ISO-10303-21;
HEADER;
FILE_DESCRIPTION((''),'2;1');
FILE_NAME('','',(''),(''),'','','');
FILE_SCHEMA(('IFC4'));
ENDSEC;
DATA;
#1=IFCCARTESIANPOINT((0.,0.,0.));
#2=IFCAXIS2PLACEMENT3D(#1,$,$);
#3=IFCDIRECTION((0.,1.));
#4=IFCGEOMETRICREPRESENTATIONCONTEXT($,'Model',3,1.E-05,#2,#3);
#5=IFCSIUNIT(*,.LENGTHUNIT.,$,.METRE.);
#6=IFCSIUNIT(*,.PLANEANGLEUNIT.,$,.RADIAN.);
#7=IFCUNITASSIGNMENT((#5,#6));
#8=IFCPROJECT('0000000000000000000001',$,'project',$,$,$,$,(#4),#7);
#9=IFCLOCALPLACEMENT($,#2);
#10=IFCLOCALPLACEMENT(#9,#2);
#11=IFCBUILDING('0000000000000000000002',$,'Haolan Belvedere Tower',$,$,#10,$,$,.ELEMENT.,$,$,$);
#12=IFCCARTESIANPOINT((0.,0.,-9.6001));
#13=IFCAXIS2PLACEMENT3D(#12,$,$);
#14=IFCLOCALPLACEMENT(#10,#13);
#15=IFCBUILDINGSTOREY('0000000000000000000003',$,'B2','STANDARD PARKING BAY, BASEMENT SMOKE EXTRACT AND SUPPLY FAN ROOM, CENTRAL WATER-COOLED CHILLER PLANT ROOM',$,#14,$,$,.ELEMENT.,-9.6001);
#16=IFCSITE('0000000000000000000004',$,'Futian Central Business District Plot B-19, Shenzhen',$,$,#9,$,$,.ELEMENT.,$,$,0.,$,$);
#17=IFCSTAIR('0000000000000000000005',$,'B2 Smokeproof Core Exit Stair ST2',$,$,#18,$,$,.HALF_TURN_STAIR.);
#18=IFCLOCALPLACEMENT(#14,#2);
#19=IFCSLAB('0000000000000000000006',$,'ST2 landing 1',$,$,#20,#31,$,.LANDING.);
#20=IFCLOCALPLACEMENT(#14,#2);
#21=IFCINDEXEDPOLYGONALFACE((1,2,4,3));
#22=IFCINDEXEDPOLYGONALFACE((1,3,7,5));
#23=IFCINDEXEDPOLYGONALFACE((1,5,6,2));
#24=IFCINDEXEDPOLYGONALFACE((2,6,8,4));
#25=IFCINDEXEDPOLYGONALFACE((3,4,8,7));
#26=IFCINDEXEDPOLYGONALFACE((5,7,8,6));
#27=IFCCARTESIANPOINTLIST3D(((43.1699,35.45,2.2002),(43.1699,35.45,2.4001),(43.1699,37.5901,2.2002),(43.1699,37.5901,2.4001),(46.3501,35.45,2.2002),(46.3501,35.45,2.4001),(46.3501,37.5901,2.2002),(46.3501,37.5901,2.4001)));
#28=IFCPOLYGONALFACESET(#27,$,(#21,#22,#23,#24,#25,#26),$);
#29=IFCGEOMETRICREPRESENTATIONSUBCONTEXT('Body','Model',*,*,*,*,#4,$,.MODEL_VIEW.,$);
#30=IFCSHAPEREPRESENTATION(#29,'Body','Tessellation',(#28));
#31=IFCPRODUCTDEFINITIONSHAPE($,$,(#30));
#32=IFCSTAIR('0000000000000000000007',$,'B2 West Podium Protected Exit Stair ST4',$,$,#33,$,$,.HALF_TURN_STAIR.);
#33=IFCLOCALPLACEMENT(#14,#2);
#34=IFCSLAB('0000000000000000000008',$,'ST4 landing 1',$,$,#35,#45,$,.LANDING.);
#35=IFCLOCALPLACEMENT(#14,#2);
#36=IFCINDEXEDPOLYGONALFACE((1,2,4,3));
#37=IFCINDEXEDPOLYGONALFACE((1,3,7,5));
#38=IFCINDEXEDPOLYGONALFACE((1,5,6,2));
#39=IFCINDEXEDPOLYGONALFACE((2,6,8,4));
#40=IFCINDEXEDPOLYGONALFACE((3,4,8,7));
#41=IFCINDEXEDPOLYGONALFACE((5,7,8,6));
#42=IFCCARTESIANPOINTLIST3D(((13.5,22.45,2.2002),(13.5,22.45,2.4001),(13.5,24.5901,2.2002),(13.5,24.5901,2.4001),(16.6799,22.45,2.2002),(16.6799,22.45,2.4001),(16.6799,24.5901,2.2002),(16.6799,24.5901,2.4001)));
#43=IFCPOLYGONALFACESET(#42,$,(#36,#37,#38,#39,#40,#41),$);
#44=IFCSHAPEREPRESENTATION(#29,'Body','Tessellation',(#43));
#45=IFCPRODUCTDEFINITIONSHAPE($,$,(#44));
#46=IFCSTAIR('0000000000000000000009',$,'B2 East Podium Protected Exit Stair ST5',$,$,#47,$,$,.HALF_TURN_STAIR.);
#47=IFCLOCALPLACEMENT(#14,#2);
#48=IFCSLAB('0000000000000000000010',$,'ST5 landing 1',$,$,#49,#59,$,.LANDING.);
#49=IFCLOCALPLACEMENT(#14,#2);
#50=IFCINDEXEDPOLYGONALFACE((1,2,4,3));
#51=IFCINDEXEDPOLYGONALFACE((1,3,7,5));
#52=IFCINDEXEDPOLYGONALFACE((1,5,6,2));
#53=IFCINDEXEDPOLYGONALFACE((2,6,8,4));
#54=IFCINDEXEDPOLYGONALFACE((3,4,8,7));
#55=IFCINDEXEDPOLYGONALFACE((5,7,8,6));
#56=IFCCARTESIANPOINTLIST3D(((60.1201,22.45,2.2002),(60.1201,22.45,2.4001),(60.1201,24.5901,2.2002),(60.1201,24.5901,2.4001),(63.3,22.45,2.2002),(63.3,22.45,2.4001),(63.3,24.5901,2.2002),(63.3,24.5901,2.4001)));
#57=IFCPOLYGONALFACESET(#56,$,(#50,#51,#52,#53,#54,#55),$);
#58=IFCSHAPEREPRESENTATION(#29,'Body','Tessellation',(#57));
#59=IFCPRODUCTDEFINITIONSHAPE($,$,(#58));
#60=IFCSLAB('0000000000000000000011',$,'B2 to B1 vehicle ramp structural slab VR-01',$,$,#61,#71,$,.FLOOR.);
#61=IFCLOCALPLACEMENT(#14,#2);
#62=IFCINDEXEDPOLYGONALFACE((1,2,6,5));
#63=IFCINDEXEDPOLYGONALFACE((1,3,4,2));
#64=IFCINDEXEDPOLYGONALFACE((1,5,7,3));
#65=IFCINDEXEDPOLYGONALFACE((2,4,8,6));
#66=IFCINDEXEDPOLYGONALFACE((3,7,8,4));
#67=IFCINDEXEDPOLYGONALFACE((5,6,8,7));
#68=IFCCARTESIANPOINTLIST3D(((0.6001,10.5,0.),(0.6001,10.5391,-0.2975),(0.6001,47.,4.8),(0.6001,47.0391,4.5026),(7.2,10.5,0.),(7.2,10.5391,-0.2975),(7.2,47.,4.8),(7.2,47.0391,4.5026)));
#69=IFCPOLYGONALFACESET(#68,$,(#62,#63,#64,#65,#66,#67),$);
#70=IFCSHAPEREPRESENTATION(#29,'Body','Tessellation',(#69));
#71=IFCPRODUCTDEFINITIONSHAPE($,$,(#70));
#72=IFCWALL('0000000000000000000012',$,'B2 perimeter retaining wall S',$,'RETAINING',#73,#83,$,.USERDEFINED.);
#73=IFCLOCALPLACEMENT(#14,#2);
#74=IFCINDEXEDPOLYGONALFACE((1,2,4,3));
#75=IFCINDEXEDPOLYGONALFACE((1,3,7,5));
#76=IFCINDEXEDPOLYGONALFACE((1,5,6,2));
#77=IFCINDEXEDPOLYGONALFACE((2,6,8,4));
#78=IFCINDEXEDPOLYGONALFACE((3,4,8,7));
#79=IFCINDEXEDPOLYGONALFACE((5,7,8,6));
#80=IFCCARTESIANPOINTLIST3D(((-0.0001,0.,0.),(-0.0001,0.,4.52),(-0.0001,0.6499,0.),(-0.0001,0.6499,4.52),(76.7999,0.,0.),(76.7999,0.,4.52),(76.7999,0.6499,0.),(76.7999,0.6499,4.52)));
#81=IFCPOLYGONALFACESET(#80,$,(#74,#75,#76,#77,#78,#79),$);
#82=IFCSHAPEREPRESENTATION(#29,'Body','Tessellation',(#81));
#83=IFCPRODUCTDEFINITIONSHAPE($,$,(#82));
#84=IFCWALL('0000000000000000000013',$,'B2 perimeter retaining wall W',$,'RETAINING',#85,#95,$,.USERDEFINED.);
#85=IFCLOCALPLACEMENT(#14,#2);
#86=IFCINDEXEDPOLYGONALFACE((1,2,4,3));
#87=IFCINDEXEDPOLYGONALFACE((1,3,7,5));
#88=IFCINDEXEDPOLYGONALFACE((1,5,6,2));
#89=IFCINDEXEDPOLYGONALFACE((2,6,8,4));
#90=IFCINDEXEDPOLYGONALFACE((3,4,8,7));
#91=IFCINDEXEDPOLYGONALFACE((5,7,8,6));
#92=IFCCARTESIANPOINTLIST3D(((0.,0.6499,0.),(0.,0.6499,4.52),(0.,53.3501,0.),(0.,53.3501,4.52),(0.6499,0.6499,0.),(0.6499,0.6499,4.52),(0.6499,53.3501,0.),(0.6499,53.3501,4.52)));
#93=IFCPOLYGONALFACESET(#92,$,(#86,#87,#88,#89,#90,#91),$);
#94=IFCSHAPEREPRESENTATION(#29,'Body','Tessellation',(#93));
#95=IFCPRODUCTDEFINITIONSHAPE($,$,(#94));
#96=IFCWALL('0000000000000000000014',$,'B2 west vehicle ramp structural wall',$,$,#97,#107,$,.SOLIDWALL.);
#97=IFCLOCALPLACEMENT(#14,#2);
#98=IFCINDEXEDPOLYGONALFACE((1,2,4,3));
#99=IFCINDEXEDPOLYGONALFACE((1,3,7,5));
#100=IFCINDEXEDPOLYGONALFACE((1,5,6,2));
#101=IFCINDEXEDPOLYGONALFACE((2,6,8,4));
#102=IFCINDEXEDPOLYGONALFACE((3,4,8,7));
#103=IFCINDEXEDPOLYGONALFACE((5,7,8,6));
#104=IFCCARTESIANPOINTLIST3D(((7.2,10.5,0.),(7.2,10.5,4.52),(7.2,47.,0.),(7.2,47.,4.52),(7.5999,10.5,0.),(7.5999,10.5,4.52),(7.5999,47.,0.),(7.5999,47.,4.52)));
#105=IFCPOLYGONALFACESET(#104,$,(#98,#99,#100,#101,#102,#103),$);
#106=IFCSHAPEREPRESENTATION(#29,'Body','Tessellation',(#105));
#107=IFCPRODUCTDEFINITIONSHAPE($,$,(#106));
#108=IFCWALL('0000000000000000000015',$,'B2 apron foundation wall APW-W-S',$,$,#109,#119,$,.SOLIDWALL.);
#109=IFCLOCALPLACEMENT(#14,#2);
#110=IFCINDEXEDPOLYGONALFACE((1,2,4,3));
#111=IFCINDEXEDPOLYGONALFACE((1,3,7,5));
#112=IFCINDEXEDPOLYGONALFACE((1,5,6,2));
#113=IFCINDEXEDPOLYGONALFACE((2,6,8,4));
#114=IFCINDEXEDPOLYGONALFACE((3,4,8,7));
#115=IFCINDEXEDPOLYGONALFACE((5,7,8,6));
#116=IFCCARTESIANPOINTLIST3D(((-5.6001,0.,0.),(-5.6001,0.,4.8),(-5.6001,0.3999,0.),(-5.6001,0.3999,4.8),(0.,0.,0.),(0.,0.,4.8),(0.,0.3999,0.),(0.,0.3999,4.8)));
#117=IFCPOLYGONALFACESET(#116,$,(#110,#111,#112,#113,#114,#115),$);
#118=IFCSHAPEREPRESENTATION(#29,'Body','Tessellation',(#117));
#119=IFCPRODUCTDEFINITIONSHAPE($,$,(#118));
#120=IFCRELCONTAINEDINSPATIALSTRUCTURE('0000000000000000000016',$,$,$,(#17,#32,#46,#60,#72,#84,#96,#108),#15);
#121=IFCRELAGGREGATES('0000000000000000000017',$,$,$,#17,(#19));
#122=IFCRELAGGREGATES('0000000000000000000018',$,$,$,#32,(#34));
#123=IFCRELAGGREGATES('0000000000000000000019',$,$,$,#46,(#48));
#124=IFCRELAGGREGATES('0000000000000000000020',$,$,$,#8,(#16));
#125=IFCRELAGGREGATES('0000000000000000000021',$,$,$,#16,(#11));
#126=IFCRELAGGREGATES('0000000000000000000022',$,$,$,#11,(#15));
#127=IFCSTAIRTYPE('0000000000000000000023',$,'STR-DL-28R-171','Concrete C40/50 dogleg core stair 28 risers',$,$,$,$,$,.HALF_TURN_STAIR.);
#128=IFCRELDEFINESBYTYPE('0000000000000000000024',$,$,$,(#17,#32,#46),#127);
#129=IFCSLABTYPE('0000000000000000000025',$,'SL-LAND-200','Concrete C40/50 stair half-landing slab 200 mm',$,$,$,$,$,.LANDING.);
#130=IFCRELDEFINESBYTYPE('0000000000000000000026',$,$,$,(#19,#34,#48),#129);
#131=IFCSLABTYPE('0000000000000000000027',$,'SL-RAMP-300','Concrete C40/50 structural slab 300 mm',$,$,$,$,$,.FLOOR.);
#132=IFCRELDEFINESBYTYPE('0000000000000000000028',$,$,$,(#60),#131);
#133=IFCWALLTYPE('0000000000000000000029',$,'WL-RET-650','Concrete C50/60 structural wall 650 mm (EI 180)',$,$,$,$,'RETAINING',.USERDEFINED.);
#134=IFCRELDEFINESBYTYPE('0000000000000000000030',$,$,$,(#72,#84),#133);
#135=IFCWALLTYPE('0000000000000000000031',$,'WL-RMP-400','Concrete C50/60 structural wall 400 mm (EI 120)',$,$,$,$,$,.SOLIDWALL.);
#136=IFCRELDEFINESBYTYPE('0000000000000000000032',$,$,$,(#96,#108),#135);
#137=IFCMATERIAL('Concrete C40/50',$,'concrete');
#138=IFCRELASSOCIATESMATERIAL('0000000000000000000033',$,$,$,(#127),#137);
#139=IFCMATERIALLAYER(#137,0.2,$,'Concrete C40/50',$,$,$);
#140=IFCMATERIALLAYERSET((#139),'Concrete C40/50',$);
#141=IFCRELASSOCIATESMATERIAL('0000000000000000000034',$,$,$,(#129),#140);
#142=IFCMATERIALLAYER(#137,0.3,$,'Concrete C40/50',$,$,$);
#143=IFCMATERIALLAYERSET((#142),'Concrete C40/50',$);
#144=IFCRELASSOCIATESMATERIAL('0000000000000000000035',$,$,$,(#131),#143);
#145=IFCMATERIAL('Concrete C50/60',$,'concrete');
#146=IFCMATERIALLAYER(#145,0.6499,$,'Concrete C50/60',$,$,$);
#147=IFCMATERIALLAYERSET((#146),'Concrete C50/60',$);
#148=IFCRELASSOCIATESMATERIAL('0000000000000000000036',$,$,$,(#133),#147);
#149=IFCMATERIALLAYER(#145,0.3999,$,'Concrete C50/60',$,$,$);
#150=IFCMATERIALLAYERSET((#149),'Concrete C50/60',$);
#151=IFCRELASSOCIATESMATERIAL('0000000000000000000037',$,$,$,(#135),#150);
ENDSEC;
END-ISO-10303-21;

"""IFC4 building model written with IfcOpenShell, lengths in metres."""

from ifc_helpers import new_model, si_unit, direction, frame, frame_2d, origin, place, context, subcontext, project, spatial, polyline, rectangle, outline, extrude, material, layer, layer_set, type_object, element, aggregate, save


model = new_model("IFC4")

# Units and contexts
model_context = context("Model", 3, precision=1e-05, world=origin(), true_north=direction((0.0, 1.0)))
body_context = subcontext(model_context, "Body", "Model", "MODEL_VIEW")
ifc_project = project(units=[si_unit("LENGTHUNIT", "METRE"), si_unit("PLANEANGLEUNIT", "RADIAN")], contexts=[model_context])

# Site, building, storey
site_placement = place(None, origin())
site = spatial("IfcSite", under=ifc_project, at=site_placement, Name="Futian Central Business District Plot B-19, Shenzhen", CompositionType="ELEMENT", RefElevation=0.0)
building_placement = place(site_placement, origin())
building = spatial("IfcBuilding", under=site, at=building_placement, Name="Haolan Belvedere Tower", CompositionType="ELEMENT")
storey_placement = place(building_placement, frame((0.0, 0.0, -9.6001)))
storey = spatial("IfcBuildingStorey", under=building, at=storey_placement, Name="B2", Description="STANDARD PARKING BAY, BASEMENT SMOKE EXTRACT AND SUPPLY FAN ROOM, CENTRAL WATER-COOLED CHILLER PLANT ROOM", CompositionType="ELEMENT", Elevation=-9.6001)

# Shared definitions
ifc_material_1 = material(Name="Concrete C50/60", Category="concrete")

# Stairs, slabs
ifc_material_2 = material(Name="Concrete C40/50", Category="concrete")
stair_type = type_object("IfcStairType", Name="STR-DL-28R-171", Description="Concrete C40/50 dogleg core stair 28 risers", PredefinedType="HALF_TURN_STAIR", material=ifc_material_2)
ifc_layer_1 = layer(ifc_material_2, 0.2, Name="Concrete C40/50")
ifc_layer_set_1 = layer_set([ifc_layer_1], Name="Concrete C40/50")
slab_type_1 = type_object("IfcSlabType", Name="SL-LAND-200", Description="Concrete C40/50 stair half-landing slab 200 mm", PredefinedType="LANDING", material=ifc_layer_set_1)
stair_1_placement = place(storey_placement, origin())
stair_1 = element("IfcStair", 1, at=stair_1_placement, inside=storey, type_object=stair_type, Name="B2 Smokeproof Core Exit Stair ST2", PredefinedType="HALF_TURN_STAIR")
slab_1_placement = place(storey_placement, frame((0.0, 0.0, 2.2002)))
slab_1 = element("IfcSlab", 2, at=slab_1_placement, type_object=slab_type_1, Name="ST2 landing 1", PredefinedType="LANDING", context=body_context, shape_type="SweptSolid", body=[
    extrude(outline(polyline([(43.1699, 37.5901), (43.1699, 35.45), (46.3501, 35.45), (46.3501, 37.5901), (43.1699, 37.5901)])), origin(), (0.0, 0.0, 1.0), 0.2),
])
aggregate(stair_1, [slab_1])
stair_2_placement = place(storey_placement, origin())
stair_2 = element("IfcStair", 3, at=stair_2_placement, inside=storey, type_object=stair_type, Name="B2 West Podium Protected Exit Stair ST4", PredefinedType="HALF_TURN_STAIR")
slab_2_placement = place(storey_placement, frame((0.0, 0.0, 2.2002)))
slab_2 = element("IfcSlab", 4, at=slab_2_placement, type_object=slab_type_1, Name="ST4 landing 1", PredefinedType="LANDING", context=body_context, shape_type="SweptSolid", body=[
    extrude(outline(polyline([(13.5, 24.5901), (13.5, 22.45), (16.6799, 22.45), (16.6799, 24.5901), (13.5, 24.5901)])), origin(), (0.0, 0.0, 1.0), 0.2),
])
aggregate(stair_2, [slab_2])
stair_3_placement = place(storey_placement, origin())
stair_3 = element("IfcStair", 5, at=stair_3_placement, inside=storey, type_object=stair_type, Name="B2 East Podium Protected Exit Stair ST5", PredefinedType="HALF_TURN_STAIR")
slab_3_placement = place(storey_placement, frame((0.0, 0.0, 2.2002)))
slab_3 = element("IfcSlab", 6, at=slab_3_placement, type_object=slab_type_1, Name="ST5 landing 1", PredefinedType="LANDING", context=body_context, shape_type="SweptSolid", body=[
    extrude(outline(polyline([(60.1201, 24.5901), (60.1201, 22.45), (63.3, 22.45), (63.3, 24.5901), (60.1201, 24.5901)])), origin(), (0.0, 0.0, 1.0), 0.2),
])
aggregate(stair_3, [slab_3])

# Slab
ifc_layer_2 = layer(ifc_material_2, 0.3, Name="Concrete C40/50")
ifc_layer_set_2 = layer_set([ifc_layer_2], Name="Concrete C40/50")
slab_type_2 = type_object("IfcSlabType", Name="SL-RAMP-300", Description="Concrete C40/50 structural slab 300 mm", PredefinedType="FLOOR", material=ifc_layer_set_2)
slab_4_placement = place(storey_placement, frame((0.6001, 10.5, 0.0), z_axis=(0.0, -0.130386, 0.991463), x_axis=(1.0, 0.0, 0.0)))
element("IfcSlab", 7, at=slab_4_placement, inside=storey, type_object=slab_type_2, Name="B2 to B1 vehicle ramp structural slab VR-01", PredefinedType="FLOOR", context=body_context, shape_type="SweptSolid", body=[
    extrude(outline(polyline([(0.0, 0.0), (6.5999, 0.0), (6.5999, 36.8143), (0.0, 36.8143), (0.0, 0.0)])), origin(), (0.0, 0.0, -1.0), 0.3),
])

# Walls
ifc_layer_3 = layer(ifc_material_1, 0.6499, Name="Concrete C50/60")
ifc_layer_set_3 = layer_set([ifc_layer_3], Name="Concrete C50/60")
wall_type_1 = type_object("IfcWallType", Name="WL-RET-650", Description="Concrete C50/60 structural wall 650 mm (EI 180)", ElementType="RETAINING", PredefinedType="USERDEFINED", material=ifc_layer_set_3)
wall_1_placement = place(storey_placement, frame((0.0, 0.325, 0.0), z_axis=(0.0, 0.0, 1.0), x_axis=(1.0, 0.0, 0.0)))
element("IfcWall", 8, at=wall_1_placement, inside=storey, type_object=wall_type_1, Name="B2 perimeter retaining wall S", ObjectType="RETAINING", PredefinedType="USERDEFINED", context=body_context, shape_type="SweptSolid", body=[
    extrude(rectangle(XDim=76.8, YDim=0.6499, at=frame_2d((38.3999, 0.0))), origin(), (0.0, 0.0, 1.0), 4.52),
])
wall_2_placement = place(storey_placement, frame((0.325, 0.6499, 0.0), z_axis=(0.0, 0.0, 1.0), x_axis=(0.0, 1.0, 0.0)))
element("IfcWall", 9, at=wall_2_placement, inside=storey, type_object=wall_type_1, Name="B2 perimeter retaining wall W", ObjectType="RETAINING", PredefinedType="USERDEFINED", context=body_context, shape_type="SweptSolid", body=[
    extrude(rectangle(XDim=52.7002, YDim=0.6499, at=frame_2d((26.3501, 0.0))), origin(), (0.0, 0.0, 1.0), 4.52),
])
ifc_layer_4 = layer(ifc_material_1, 0.3999, Name="Concrete C50/60")
ifc_layer_set_4 = layer_set([ifc_layer_4], Name="Concrete C50/60")
wall_type_2 = type_object("IfcWallType", Name="WL-RMP-400", Description="Concrete C50/60 structural wall 400 mm (EI 120)", PredefinedType="SOLIDWALL", material=ifc_layer_set_4)
wall_3_placement = place(storey_placement, frame((7.3999, 10.5, 0.0), z_axis=(0.0, 0.0, 1.0), x_axis=(0.0, 1.0, 0.0)))
element("IfcWall", 10, at=wall_3_placement, inside=storey, type_object=wall_type_2, Name="B2 west vehicle ramp structural wall", PredefinedType="SOLIDWALL", context=body_context, shape_type="SweptSolid", body=[
    extrude(rectangle(XDim=36.5, YDim=0.3999, at=frame_2d((18.25, 0.0))), origin(), (0.0, 0.0, 1.0), 4.52),
])
wall_4_placement = place(storey_placement, frame((-5.6001, 0.2, 0.0), z_axis=(0.0, 0.0, 1.0), x_axis=(1.0, 0.0, 0.0)))
element("IfcWall", 11, at=wall_4_placement, inside=storey, type_object=wall_type_2, Name="B2 apron foundation wall APW-W-S", PredefinedType="SOLIDWALL", context=body_context, shape_type="SweptSolid", body=[
    extrude(rectangle(XDim=5.6001, YDim=0.3999, at=frame_2d((2.8, 0.0))), origin(), (0.0, 0.0, 1.0), 4.8),
])

save(model, "model.ifc")
